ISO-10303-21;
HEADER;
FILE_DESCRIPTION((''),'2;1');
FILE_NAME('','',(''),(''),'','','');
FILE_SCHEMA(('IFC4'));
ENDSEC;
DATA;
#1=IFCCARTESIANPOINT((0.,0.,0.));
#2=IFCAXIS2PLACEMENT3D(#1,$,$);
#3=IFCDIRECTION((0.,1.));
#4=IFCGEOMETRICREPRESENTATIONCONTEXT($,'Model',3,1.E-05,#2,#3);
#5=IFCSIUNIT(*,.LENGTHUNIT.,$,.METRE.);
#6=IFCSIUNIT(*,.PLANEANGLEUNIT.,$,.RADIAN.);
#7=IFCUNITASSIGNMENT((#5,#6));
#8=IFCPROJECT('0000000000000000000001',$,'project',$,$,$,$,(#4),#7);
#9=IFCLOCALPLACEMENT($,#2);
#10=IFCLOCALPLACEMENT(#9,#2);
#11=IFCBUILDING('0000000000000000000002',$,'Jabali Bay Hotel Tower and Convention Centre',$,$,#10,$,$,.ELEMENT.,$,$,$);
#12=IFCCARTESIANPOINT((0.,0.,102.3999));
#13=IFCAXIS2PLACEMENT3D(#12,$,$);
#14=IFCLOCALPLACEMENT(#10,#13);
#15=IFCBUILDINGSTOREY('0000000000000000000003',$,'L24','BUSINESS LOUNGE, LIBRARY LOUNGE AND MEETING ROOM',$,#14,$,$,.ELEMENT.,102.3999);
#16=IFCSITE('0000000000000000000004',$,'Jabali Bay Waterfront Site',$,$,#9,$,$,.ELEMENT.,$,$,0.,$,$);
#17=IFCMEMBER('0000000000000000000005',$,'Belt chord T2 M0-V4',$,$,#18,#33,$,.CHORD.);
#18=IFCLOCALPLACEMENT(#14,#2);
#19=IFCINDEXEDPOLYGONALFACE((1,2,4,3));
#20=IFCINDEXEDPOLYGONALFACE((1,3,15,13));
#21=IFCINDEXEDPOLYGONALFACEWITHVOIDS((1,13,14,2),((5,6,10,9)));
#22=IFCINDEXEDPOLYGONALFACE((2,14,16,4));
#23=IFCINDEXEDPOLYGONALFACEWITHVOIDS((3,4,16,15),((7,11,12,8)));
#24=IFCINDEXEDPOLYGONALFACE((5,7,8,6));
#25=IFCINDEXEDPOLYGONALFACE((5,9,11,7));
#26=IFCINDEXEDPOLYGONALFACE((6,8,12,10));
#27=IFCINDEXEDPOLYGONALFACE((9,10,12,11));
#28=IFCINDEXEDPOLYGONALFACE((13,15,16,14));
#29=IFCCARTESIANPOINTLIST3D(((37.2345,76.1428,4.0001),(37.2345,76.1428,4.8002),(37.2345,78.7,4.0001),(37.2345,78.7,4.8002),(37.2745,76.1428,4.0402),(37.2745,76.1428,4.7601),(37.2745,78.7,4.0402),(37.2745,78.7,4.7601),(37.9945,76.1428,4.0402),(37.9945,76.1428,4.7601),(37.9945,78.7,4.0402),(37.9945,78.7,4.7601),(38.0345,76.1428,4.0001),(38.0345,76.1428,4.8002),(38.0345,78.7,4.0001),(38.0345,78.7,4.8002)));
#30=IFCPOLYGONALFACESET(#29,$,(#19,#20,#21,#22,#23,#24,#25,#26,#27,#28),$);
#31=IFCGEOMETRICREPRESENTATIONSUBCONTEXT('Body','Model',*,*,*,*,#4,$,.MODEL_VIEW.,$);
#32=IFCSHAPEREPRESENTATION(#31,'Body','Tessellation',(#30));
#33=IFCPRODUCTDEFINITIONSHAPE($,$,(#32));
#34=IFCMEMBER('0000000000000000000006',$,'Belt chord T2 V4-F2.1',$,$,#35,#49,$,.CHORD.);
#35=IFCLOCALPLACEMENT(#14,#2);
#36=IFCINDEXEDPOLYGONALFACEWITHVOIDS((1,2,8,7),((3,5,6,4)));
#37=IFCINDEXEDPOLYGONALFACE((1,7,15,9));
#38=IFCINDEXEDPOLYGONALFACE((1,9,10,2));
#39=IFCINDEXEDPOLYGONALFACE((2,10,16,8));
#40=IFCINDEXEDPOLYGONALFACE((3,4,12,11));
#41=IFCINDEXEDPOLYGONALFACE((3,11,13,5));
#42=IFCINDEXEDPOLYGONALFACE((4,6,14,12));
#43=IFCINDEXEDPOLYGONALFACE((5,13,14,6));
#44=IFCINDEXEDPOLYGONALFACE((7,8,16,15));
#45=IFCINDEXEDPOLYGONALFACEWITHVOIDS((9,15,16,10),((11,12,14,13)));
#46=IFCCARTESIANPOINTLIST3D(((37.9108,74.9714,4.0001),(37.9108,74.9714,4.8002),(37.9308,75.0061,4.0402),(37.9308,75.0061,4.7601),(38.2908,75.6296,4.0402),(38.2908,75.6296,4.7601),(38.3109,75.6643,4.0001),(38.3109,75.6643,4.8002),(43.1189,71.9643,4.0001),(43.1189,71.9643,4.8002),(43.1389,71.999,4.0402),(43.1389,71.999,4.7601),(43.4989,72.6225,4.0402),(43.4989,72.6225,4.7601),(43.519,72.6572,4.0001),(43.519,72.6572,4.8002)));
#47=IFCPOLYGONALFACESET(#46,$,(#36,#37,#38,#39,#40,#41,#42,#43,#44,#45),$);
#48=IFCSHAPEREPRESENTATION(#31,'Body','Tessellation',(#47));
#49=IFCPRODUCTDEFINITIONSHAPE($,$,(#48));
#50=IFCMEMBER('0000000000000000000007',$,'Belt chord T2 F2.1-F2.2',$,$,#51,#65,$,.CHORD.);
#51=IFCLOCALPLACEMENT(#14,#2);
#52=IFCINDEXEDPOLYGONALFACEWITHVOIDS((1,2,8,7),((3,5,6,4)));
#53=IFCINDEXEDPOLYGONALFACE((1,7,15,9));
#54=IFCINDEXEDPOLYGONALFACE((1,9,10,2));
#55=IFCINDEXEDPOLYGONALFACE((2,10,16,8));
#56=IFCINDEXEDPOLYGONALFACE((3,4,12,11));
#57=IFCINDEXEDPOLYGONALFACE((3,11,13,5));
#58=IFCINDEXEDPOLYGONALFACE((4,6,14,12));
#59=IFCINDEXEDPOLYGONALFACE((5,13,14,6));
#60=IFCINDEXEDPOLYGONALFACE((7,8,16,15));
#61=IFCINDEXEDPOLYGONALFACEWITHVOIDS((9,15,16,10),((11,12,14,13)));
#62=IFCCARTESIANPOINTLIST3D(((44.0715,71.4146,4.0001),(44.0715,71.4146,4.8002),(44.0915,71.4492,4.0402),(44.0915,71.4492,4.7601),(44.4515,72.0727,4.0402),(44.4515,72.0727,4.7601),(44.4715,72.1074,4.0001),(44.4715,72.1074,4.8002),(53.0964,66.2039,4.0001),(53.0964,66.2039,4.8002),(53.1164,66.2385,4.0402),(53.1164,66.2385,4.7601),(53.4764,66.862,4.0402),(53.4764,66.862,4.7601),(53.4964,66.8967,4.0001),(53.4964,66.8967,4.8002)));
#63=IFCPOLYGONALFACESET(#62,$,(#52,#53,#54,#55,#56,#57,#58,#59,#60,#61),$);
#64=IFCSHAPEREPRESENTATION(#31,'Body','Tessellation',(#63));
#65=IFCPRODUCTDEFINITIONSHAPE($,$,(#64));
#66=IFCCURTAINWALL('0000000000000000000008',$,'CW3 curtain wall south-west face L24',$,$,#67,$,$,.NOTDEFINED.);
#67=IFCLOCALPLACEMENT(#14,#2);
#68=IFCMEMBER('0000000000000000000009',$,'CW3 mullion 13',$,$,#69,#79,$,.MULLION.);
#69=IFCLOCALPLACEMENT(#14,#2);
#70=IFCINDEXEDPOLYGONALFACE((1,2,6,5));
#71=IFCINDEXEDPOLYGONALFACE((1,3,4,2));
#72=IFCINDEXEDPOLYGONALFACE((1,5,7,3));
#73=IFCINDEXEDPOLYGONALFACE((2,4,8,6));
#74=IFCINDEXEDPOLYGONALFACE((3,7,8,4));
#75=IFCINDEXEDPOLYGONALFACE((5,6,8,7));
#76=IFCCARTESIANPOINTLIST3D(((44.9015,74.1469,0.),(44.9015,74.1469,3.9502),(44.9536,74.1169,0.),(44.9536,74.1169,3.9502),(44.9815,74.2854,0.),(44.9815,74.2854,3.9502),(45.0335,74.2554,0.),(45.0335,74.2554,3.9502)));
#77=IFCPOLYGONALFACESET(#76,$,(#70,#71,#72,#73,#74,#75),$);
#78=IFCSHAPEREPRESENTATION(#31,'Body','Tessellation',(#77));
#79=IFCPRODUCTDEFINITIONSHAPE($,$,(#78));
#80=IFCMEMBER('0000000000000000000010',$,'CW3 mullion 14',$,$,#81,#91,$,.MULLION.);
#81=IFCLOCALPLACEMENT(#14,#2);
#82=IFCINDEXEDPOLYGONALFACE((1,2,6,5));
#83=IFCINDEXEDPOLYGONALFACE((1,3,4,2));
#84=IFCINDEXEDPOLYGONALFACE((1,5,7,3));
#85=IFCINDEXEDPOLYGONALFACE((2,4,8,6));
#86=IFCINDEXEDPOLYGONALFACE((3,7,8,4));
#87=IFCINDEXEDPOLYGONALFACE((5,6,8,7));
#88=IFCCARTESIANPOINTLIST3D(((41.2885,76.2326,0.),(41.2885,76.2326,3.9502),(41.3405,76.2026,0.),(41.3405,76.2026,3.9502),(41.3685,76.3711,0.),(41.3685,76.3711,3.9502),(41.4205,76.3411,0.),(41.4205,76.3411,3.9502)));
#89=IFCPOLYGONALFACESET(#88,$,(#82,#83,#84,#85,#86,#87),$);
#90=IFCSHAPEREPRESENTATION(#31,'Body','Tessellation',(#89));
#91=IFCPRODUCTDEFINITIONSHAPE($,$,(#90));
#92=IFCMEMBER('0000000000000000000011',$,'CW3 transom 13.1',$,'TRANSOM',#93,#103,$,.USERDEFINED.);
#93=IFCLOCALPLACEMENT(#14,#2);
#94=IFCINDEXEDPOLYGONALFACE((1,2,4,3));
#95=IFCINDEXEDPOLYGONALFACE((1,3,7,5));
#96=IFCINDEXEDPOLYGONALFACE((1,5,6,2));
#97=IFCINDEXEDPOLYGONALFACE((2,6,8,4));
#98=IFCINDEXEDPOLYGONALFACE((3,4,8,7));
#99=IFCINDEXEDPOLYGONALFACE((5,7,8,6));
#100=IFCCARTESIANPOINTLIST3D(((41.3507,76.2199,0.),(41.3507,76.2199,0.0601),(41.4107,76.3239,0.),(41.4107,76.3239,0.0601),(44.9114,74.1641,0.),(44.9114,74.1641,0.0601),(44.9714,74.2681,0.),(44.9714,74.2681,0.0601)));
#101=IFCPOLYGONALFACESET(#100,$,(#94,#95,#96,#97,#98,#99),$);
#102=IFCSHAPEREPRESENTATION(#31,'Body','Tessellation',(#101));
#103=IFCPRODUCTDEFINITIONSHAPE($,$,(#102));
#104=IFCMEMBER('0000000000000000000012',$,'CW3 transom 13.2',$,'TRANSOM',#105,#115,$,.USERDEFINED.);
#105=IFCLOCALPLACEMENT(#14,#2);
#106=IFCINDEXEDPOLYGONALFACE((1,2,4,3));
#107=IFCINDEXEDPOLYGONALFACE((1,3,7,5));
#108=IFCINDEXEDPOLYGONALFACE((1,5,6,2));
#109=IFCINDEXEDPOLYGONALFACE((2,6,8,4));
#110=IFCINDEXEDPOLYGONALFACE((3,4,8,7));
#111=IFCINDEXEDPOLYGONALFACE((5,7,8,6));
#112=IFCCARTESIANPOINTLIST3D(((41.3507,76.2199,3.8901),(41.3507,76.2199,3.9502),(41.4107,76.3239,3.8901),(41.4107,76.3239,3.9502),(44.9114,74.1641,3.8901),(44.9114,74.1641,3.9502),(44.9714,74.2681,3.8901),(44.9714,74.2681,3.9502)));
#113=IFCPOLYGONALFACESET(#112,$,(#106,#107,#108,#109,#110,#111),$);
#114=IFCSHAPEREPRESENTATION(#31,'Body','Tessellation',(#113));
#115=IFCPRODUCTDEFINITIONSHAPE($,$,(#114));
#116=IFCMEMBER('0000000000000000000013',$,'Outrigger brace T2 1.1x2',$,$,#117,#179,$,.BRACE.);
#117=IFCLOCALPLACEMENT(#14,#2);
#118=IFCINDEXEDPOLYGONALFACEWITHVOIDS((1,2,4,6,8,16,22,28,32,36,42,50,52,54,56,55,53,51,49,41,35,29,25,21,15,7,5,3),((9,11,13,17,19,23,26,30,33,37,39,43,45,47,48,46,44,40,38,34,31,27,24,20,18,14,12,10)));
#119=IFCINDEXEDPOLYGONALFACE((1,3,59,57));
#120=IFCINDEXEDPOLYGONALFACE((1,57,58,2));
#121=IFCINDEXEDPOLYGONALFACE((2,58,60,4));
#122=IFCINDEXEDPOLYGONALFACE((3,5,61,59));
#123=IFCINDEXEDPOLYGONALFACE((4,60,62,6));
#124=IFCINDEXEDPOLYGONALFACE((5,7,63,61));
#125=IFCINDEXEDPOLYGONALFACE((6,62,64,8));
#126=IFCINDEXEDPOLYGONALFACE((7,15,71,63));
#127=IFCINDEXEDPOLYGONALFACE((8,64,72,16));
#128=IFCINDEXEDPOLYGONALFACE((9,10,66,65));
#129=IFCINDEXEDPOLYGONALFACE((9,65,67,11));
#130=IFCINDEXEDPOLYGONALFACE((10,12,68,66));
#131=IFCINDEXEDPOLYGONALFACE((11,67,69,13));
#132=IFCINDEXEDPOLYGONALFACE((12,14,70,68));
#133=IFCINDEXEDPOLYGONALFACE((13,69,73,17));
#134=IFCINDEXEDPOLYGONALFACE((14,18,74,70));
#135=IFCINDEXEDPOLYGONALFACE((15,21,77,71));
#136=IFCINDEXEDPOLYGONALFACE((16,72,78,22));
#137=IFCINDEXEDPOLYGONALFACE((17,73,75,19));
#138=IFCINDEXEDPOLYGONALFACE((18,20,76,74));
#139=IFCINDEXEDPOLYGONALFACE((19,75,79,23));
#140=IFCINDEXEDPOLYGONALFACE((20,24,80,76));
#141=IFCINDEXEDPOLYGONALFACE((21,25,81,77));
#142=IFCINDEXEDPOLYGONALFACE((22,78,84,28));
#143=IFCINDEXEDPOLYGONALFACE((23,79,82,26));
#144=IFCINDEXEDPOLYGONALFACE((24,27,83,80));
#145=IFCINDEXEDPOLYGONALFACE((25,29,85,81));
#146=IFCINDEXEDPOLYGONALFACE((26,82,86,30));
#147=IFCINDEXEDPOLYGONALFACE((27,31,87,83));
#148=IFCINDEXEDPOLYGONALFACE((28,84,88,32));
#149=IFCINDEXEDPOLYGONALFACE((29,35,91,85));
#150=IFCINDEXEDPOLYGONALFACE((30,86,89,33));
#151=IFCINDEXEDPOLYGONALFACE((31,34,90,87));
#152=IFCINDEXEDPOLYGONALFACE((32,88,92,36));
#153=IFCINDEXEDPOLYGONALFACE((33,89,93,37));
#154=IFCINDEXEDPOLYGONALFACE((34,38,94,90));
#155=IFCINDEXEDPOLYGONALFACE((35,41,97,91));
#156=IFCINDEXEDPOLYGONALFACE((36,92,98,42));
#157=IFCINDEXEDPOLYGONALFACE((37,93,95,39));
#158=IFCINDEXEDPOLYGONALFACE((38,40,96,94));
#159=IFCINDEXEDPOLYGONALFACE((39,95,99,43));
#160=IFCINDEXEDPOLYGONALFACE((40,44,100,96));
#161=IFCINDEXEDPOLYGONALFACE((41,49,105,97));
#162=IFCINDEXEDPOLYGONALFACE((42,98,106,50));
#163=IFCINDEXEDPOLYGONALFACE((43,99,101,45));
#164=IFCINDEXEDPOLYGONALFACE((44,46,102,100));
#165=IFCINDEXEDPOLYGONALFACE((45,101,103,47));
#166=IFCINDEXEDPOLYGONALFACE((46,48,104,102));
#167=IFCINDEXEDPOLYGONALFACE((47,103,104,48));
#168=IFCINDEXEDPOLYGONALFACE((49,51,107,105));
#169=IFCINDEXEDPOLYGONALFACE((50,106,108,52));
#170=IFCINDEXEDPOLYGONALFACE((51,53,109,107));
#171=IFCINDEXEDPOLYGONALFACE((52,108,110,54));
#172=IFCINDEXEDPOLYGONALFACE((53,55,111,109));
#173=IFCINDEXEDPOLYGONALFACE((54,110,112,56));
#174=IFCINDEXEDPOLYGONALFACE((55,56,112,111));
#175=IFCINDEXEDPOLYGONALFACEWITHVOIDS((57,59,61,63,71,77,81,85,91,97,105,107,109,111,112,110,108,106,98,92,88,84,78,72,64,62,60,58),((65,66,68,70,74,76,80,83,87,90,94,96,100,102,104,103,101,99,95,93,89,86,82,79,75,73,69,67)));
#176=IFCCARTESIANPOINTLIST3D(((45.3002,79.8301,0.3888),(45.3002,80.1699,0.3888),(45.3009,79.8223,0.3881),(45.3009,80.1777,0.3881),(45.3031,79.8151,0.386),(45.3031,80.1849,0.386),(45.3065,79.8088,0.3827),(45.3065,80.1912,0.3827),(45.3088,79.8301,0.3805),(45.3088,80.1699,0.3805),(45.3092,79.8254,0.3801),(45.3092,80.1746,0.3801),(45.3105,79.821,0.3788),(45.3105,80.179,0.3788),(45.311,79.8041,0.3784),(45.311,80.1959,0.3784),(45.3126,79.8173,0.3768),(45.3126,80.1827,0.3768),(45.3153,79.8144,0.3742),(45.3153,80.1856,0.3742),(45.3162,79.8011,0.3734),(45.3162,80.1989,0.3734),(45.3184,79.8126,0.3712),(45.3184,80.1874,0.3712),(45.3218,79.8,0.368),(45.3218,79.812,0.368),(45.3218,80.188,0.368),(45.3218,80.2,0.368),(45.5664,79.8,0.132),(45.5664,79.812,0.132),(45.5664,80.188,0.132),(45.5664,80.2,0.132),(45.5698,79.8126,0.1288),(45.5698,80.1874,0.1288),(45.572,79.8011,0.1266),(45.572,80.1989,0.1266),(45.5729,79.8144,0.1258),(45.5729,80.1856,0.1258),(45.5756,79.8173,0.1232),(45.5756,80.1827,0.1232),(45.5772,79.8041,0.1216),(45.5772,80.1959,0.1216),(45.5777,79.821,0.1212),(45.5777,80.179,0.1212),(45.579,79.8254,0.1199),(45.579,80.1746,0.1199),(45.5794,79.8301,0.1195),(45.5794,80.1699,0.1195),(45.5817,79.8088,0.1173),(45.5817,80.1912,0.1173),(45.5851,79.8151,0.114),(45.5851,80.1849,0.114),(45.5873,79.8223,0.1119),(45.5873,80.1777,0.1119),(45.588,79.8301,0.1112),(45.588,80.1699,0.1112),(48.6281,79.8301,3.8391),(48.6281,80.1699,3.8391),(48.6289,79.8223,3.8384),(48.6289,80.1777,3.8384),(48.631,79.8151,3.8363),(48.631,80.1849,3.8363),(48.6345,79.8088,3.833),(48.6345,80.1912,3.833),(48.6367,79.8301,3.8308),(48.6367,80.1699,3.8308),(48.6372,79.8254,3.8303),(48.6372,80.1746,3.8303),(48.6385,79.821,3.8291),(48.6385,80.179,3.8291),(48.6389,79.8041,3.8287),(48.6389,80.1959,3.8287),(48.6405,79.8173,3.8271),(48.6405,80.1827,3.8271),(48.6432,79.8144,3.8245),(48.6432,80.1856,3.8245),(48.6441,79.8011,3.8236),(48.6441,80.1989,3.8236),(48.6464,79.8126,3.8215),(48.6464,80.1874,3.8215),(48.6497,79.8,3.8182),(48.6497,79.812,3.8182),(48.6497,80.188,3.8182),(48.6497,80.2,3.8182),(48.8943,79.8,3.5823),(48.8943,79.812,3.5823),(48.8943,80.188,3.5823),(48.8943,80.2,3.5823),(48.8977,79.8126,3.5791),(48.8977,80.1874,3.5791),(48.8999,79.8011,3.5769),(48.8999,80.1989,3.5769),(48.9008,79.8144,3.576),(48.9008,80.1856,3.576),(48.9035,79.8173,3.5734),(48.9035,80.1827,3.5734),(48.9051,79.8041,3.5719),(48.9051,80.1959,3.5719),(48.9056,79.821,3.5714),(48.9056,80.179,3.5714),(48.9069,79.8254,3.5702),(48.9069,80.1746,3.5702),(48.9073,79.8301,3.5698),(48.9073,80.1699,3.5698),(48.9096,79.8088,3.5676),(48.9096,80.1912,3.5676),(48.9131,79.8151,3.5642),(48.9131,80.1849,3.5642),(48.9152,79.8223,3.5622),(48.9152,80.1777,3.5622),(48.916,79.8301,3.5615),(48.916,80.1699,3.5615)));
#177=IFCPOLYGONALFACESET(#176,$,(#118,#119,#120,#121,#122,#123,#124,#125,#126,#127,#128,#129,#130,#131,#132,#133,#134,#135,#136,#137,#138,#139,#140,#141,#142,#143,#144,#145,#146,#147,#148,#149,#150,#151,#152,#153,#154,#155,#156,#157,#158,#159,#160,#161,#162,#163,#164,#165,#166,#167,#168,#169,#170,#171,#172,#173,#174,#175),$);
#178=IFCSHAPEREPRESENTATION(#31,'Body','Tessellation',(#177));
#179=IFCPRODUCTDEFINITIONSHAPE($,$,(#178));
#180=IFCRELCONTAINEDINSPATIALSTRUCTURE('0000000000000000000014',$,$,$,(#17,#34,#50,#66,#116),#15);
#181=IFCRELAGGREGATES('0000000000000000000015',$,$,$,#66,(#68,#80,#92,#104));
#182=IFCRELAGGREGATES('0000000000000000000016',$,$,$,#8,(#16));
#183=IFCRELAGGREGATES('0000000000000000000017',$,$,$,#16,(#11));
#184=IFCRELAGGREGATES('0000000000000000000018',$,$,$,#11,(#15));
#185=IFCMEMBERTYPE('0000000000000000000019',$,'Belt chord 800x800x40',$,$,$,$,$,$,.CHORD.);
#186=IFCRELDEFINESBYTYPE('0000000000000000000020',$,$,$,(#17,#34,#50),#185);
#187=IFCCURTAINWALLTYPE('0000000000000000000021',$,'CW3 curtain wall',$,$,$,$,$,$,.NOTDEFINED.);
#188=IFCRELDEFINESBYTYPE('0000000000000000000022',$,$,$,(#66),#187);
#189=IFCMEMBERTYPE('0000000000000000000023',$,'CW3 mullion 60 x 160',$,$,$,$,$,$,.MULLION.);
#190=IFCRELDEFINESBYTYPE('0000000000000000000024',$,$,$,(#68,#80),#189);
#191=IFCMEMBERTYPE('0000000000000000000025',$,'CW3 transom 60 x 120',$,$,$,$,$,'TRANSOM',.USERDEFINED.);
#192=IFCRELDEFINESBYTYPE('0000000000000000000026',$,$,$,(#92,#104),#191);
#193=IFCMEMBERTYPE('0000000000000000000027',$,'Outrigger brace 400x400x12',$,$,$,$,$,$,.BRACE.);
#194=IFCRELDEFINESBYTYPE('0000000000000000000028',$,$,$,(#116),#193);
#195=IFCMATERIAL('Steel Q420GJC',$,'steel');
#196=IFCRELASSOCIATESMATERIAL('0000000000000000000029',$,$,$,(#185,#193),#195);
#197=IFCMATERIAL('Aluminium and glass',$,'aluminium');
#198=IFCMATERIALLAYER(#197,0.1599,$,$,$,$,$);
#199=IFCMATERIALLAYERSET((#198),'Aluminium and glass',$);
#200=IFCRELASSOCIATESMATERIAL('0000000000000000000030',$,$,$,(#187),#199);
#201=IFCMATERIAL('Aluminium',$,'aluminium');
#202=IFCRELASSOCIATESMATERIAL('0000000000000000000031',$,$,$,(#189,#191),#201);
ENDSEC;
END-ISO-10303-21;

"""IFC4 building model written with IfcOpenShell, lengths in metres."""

from ifc_helpers import new_model, si_unit, direction, frame, origin, origin_2d, place, context, subcontext, project, spatial, rectangle, hollow_rectangle, extrude, material, layer, layer_set, material_profile, profile_set, type_object, element, aggregate, save


model = new_model("IFC4")

# Units and contexts
model_context = context("Model", 3, precision=1e-05, world=origin(), true_north=direction((0.0, 1.0)))
body_context = subcontext(model_context, "Body", "Model", "MODEL_VIEW")
ifc_project = project(units=[si_unit("LENGTHUNIT", "METRE"), si_unit("PLANEANGLEUNIT", "RADIAN")], contexts=[model_context])

# Site, building, storey
site_placement = place(None, origin())
site = spatial("IfcSite", under=ifc_project, at=site_placement, Name="Jabali Bay Waterfront Site", CompositionType="ELEMENT", RefElevation=0.0)
building_placement = place(site_placement, origin())
building = spatial("IfcBuilding", under=site, at=building_placement, Name="Jabali Bay Hotel Tower and Convention Centre", CompositionType="ELEMENT")
storey_placement = place(building_placement, frame((0.0, 0.0, 102.3999)))
storey = spatial("IfcBuildingStorey", under=building, at=storey_placement, Name="L24", Description="BUSINESS LOUNGE, LIBRARY LOUNGE AND MEETING ROOM", CompositionType="ELEMENT", Elevation=102.3999)

# Members
ifc_material_1 = material(Name="Steel Q420GJC", Category="steel")
ifc_material_profile_1 = material_profile(ifc_material_1, hollow_rectangle(XDim=0.8, YDim=0.8, WallThickness=0.04, at=origin_2d()), Name="Belt chord 800x800x40")
ifc_profile_set_1 = profile_set([ifc_material_profile_1], Name="Steel Q420GJC")
member_type_1 = type_object("IfcMemberType", Name="Belt chord 800x800x40", PredefinedType="CHORD", material=ifc_profile_set_1)
member_1_placement = place(storey_placement, frame((37.6345, 78.7, 4.4001), z_axis=(0.0, -1.0, 0.0), x_axis=(1.0, 0.0, 0.0)))
element("IfcMember", 1, at=member_1_placement, inside=storey, type_object=member_type_1, Name="Belt chord T2 M0-V4", PredefinedType="CHORD", context=body_context, shape_type="SweptSolid", body=[
    extrude(hollow_rectangle(XDim=0.8, YDim=0.8, WallThickness=0.04, at=origin_2d()), origin(), (0.0, 0.0, 1.0), 2.5571),
])
member_2_placement = place(storey_placement, frame((38.1108, 75.3179, 4.4001), z_axis=(0.866008, -0.500029, 0.0), x_axis=(0.500029, 0.866008, 0.0)))
element("IfcMember", 2, at=member_2_placement, inside=storey, type_object=member_type_1, Name="Belt chord T2 V4-F2.1", PredefinedType="CHORD", context=body_context, shape_type="SweptSolid", body=[
    extrude(hollow_rectangle(XDim=0.8, YDim=0.8, WallThickness=0.04, at=origin_2d()), origin(), (0.0, 0.0, 1.0), 6.0139),
])
member_3_placement = place(storey_placement, frame((44.2715, 71.761, 4.4001), z_axis=(0.866019, -0.500012, 0.0), x_axis=(0.500012, 0.866019, 0.0)))
element("IfcMember", 3, at=member_3_placement, inside=storey, type_object=member_type_1, Name="Belt chord T2 F2.1-F2.2", PredefinedType="CHORD", context=body_context, shape_type="SweptSolid", body=[
    extrude(hollow_rectangle(XDim=0.8, YDim=0.8, WallThickness=0.04, at=origin_2d()), origin(), (0.0, 0.0, 1.0), 10.4211),
])

# Curtain wall, members
ifc_material_2 = material(Name="Aluminium and glass", Category="aluminium")
ifc_layer_1 = layer(ifc_material_2, 0.1599)
ifc_layer_set_1 = layer_set([ifc_layer_1], Name="Aluminium and glass")
curtain_wall_type = type_object("IfcCurtainWallType", Name="CW3 curtain wall", PredefinedType="NOTDEFINED", material=ifc_layer_set_1)
curtain_wall_placement = place(storey_placement, origin())
curtain_wall = element("IfcCurtainWall", 4, at=curtain_wall_placement, inside=storey, type_object=curtain_wall_type, Name="CW3 curtain wall south-west face L24", PredefinedType="NOTDEFINED")
ifc_material_3 = material(Name="Aluminium", Category="aluminium")
ifc_material_profile_2 = material_profile(ifc_material_3, rectangle(XDim=0.1599, YDim=0.0601, at=origin_2d()), Name="CW3 mullion 60 x 160")
ifc_profile_set_2 = profile_set([ifc_material_profile_2], Name="Aluminium")
member_type_2 = type_object("IfcMemberType", Name="CW3 mullion 60 x 160", PredefinedType="MULLION", material=ifc_profile_set_2)
member_4_placement = place(storey_placement, frame((44.9675, 74.2012, 0.0), z_axis=(0.0, 0.0, 1.0), x_axis=(-0.5, -0.866025, 0.0)))
member_4 = element("IfcMember", 5, at=member_4_placement, type_object=member_type_2, Name="CW3 mullion 13", PredefinedType="MULLION", context=body_context, shape_type="SweptSolid", body=[
    extrude(rectangle(XDim=0.1599, YDim=0.0601, at=origin_2d()), origin(), (0.0, 0.0, 1.0), 3.9502),
])
member_5_placement = place(storey_placement, frame((41.3545, 76.2869, 0.0), z_axis=(0.0, 0.0, 1.0), x_axis=(-0.5, -0.866025, 0.0)))
member_5 = element("IfcMember", 6, at=member_5_placement, type_object=member_type_2, Name="CW3 mullion 14", PredefinedType="MULLION", context=body_context, shape_type="SweptSolid", body=[
    extrude(rectangle(XDim=0.1599, YDim=0.0601, at=origin_2d()), origin(), (0.0, 0.0, 1.0), 3.9502),
])
ifc_material_profile_3 = material_profile(ifc_material_3, rectangle(XDim=0.1201, YDim=0.0601, at=origin_2d()), Name="CW3 transom 60 x 120")
ifc_profile_set_3 = profile_set([ifc_material_profile_3], Name="Aluminium")
member_type_3 = type_object("IfcMemberType", Name="CW3 transom 60 x 120", ElementType="TRANSOM", PredefinedType="USERDEFINED", material=ifc_profile_set_3)
member_6_placement = place(storey_placement, frame((44.9414, 74.2161, 0.03), z_axis=(-0.866016, 0.500015, 0.0), x_axis=(-0.500015, -0.866016, 0.0)))
member_6 = element("IfcMember", 7, at=member_6_placement, type_object=member_type_3, Name="CW3 transom 13.1", ObjectType="TRANSOM", PredefinedType="USERDEFINED", context=body_context, shape_type="SweptSolid", body=[
    extrude(rectangle(XDim=0.1201, YDim=0.0601, at=origin_2d()), origin(), (0.0, 0.0, 1.0), 4.1116),
])
member_7_placement = place(storey_placement, frame((44.9414, 74.2161, 3.9202), z_axis=(-0.866016, 0.500015, 0.0), x_axis=(-0.500015, -0.866016, 0.0)))
member_7 = element("IfcMember", 8, at=member_7_placement, type_object=member_type_3, Name="CW3 transom 13.2", ObjectType="TRANSOM", PredefinedType="USERDEFINED", context=body_context, shape_type="SweptSolid", body=[
    extrude(rectangle(XDim=0.1201, YDim=0.0601, at=origin_2d()), origin(), (0.0, 0.0, 1.0), 4.1116),
])

# Member
ifc_material_profile_4 = material_profile(ifc_material_1, hollow_rectangle(XDim=0.3999, YDim=0.3999, WallThickness=0.012, InnerFilletRadius=0.0181, OuterFilletRadius=0.03, at=origin_2d()), Name="Outrigger brace 400x400x12")
ifc_profile_set_4 = profile_set([ifc_material_profile_4], Name="Steel Q420GJC")
member_type_4 = type_object("IfcMemberType", Name="Outrigger brace 400x400x12", PredefinedType="BRACE", material=ifc_profile_set_4)
member_8_placement = place(storey_placement, frame((45.4441, 80.0, 0.25), z_axis=(0.694234, 0.0, 0.71975), x_axis=(0.0, 1.0, 0.0)))
element("IfcMember", 9, at=member_8_placement, inside=storey, type_object=member_type_4, Name="Outrigger brace T2 1.1x2", PredefinedType="BRACE", context=body_context, shape_type="SweptSolid", body=[
    extrude(hollow_rectangle(XDim=0.3999, YDim=0.3999, WallThickness=0.012, InnerFilletRadius=0.0181, OuterFilletRadius=0.03, at=origin_2d()), origin(), (0.0, 0.0, 1.0), 4.7937),
])

aggregate(curtain_wall, [member_4, member_5, member_6, member_7])

save(model, "model.ifc")
